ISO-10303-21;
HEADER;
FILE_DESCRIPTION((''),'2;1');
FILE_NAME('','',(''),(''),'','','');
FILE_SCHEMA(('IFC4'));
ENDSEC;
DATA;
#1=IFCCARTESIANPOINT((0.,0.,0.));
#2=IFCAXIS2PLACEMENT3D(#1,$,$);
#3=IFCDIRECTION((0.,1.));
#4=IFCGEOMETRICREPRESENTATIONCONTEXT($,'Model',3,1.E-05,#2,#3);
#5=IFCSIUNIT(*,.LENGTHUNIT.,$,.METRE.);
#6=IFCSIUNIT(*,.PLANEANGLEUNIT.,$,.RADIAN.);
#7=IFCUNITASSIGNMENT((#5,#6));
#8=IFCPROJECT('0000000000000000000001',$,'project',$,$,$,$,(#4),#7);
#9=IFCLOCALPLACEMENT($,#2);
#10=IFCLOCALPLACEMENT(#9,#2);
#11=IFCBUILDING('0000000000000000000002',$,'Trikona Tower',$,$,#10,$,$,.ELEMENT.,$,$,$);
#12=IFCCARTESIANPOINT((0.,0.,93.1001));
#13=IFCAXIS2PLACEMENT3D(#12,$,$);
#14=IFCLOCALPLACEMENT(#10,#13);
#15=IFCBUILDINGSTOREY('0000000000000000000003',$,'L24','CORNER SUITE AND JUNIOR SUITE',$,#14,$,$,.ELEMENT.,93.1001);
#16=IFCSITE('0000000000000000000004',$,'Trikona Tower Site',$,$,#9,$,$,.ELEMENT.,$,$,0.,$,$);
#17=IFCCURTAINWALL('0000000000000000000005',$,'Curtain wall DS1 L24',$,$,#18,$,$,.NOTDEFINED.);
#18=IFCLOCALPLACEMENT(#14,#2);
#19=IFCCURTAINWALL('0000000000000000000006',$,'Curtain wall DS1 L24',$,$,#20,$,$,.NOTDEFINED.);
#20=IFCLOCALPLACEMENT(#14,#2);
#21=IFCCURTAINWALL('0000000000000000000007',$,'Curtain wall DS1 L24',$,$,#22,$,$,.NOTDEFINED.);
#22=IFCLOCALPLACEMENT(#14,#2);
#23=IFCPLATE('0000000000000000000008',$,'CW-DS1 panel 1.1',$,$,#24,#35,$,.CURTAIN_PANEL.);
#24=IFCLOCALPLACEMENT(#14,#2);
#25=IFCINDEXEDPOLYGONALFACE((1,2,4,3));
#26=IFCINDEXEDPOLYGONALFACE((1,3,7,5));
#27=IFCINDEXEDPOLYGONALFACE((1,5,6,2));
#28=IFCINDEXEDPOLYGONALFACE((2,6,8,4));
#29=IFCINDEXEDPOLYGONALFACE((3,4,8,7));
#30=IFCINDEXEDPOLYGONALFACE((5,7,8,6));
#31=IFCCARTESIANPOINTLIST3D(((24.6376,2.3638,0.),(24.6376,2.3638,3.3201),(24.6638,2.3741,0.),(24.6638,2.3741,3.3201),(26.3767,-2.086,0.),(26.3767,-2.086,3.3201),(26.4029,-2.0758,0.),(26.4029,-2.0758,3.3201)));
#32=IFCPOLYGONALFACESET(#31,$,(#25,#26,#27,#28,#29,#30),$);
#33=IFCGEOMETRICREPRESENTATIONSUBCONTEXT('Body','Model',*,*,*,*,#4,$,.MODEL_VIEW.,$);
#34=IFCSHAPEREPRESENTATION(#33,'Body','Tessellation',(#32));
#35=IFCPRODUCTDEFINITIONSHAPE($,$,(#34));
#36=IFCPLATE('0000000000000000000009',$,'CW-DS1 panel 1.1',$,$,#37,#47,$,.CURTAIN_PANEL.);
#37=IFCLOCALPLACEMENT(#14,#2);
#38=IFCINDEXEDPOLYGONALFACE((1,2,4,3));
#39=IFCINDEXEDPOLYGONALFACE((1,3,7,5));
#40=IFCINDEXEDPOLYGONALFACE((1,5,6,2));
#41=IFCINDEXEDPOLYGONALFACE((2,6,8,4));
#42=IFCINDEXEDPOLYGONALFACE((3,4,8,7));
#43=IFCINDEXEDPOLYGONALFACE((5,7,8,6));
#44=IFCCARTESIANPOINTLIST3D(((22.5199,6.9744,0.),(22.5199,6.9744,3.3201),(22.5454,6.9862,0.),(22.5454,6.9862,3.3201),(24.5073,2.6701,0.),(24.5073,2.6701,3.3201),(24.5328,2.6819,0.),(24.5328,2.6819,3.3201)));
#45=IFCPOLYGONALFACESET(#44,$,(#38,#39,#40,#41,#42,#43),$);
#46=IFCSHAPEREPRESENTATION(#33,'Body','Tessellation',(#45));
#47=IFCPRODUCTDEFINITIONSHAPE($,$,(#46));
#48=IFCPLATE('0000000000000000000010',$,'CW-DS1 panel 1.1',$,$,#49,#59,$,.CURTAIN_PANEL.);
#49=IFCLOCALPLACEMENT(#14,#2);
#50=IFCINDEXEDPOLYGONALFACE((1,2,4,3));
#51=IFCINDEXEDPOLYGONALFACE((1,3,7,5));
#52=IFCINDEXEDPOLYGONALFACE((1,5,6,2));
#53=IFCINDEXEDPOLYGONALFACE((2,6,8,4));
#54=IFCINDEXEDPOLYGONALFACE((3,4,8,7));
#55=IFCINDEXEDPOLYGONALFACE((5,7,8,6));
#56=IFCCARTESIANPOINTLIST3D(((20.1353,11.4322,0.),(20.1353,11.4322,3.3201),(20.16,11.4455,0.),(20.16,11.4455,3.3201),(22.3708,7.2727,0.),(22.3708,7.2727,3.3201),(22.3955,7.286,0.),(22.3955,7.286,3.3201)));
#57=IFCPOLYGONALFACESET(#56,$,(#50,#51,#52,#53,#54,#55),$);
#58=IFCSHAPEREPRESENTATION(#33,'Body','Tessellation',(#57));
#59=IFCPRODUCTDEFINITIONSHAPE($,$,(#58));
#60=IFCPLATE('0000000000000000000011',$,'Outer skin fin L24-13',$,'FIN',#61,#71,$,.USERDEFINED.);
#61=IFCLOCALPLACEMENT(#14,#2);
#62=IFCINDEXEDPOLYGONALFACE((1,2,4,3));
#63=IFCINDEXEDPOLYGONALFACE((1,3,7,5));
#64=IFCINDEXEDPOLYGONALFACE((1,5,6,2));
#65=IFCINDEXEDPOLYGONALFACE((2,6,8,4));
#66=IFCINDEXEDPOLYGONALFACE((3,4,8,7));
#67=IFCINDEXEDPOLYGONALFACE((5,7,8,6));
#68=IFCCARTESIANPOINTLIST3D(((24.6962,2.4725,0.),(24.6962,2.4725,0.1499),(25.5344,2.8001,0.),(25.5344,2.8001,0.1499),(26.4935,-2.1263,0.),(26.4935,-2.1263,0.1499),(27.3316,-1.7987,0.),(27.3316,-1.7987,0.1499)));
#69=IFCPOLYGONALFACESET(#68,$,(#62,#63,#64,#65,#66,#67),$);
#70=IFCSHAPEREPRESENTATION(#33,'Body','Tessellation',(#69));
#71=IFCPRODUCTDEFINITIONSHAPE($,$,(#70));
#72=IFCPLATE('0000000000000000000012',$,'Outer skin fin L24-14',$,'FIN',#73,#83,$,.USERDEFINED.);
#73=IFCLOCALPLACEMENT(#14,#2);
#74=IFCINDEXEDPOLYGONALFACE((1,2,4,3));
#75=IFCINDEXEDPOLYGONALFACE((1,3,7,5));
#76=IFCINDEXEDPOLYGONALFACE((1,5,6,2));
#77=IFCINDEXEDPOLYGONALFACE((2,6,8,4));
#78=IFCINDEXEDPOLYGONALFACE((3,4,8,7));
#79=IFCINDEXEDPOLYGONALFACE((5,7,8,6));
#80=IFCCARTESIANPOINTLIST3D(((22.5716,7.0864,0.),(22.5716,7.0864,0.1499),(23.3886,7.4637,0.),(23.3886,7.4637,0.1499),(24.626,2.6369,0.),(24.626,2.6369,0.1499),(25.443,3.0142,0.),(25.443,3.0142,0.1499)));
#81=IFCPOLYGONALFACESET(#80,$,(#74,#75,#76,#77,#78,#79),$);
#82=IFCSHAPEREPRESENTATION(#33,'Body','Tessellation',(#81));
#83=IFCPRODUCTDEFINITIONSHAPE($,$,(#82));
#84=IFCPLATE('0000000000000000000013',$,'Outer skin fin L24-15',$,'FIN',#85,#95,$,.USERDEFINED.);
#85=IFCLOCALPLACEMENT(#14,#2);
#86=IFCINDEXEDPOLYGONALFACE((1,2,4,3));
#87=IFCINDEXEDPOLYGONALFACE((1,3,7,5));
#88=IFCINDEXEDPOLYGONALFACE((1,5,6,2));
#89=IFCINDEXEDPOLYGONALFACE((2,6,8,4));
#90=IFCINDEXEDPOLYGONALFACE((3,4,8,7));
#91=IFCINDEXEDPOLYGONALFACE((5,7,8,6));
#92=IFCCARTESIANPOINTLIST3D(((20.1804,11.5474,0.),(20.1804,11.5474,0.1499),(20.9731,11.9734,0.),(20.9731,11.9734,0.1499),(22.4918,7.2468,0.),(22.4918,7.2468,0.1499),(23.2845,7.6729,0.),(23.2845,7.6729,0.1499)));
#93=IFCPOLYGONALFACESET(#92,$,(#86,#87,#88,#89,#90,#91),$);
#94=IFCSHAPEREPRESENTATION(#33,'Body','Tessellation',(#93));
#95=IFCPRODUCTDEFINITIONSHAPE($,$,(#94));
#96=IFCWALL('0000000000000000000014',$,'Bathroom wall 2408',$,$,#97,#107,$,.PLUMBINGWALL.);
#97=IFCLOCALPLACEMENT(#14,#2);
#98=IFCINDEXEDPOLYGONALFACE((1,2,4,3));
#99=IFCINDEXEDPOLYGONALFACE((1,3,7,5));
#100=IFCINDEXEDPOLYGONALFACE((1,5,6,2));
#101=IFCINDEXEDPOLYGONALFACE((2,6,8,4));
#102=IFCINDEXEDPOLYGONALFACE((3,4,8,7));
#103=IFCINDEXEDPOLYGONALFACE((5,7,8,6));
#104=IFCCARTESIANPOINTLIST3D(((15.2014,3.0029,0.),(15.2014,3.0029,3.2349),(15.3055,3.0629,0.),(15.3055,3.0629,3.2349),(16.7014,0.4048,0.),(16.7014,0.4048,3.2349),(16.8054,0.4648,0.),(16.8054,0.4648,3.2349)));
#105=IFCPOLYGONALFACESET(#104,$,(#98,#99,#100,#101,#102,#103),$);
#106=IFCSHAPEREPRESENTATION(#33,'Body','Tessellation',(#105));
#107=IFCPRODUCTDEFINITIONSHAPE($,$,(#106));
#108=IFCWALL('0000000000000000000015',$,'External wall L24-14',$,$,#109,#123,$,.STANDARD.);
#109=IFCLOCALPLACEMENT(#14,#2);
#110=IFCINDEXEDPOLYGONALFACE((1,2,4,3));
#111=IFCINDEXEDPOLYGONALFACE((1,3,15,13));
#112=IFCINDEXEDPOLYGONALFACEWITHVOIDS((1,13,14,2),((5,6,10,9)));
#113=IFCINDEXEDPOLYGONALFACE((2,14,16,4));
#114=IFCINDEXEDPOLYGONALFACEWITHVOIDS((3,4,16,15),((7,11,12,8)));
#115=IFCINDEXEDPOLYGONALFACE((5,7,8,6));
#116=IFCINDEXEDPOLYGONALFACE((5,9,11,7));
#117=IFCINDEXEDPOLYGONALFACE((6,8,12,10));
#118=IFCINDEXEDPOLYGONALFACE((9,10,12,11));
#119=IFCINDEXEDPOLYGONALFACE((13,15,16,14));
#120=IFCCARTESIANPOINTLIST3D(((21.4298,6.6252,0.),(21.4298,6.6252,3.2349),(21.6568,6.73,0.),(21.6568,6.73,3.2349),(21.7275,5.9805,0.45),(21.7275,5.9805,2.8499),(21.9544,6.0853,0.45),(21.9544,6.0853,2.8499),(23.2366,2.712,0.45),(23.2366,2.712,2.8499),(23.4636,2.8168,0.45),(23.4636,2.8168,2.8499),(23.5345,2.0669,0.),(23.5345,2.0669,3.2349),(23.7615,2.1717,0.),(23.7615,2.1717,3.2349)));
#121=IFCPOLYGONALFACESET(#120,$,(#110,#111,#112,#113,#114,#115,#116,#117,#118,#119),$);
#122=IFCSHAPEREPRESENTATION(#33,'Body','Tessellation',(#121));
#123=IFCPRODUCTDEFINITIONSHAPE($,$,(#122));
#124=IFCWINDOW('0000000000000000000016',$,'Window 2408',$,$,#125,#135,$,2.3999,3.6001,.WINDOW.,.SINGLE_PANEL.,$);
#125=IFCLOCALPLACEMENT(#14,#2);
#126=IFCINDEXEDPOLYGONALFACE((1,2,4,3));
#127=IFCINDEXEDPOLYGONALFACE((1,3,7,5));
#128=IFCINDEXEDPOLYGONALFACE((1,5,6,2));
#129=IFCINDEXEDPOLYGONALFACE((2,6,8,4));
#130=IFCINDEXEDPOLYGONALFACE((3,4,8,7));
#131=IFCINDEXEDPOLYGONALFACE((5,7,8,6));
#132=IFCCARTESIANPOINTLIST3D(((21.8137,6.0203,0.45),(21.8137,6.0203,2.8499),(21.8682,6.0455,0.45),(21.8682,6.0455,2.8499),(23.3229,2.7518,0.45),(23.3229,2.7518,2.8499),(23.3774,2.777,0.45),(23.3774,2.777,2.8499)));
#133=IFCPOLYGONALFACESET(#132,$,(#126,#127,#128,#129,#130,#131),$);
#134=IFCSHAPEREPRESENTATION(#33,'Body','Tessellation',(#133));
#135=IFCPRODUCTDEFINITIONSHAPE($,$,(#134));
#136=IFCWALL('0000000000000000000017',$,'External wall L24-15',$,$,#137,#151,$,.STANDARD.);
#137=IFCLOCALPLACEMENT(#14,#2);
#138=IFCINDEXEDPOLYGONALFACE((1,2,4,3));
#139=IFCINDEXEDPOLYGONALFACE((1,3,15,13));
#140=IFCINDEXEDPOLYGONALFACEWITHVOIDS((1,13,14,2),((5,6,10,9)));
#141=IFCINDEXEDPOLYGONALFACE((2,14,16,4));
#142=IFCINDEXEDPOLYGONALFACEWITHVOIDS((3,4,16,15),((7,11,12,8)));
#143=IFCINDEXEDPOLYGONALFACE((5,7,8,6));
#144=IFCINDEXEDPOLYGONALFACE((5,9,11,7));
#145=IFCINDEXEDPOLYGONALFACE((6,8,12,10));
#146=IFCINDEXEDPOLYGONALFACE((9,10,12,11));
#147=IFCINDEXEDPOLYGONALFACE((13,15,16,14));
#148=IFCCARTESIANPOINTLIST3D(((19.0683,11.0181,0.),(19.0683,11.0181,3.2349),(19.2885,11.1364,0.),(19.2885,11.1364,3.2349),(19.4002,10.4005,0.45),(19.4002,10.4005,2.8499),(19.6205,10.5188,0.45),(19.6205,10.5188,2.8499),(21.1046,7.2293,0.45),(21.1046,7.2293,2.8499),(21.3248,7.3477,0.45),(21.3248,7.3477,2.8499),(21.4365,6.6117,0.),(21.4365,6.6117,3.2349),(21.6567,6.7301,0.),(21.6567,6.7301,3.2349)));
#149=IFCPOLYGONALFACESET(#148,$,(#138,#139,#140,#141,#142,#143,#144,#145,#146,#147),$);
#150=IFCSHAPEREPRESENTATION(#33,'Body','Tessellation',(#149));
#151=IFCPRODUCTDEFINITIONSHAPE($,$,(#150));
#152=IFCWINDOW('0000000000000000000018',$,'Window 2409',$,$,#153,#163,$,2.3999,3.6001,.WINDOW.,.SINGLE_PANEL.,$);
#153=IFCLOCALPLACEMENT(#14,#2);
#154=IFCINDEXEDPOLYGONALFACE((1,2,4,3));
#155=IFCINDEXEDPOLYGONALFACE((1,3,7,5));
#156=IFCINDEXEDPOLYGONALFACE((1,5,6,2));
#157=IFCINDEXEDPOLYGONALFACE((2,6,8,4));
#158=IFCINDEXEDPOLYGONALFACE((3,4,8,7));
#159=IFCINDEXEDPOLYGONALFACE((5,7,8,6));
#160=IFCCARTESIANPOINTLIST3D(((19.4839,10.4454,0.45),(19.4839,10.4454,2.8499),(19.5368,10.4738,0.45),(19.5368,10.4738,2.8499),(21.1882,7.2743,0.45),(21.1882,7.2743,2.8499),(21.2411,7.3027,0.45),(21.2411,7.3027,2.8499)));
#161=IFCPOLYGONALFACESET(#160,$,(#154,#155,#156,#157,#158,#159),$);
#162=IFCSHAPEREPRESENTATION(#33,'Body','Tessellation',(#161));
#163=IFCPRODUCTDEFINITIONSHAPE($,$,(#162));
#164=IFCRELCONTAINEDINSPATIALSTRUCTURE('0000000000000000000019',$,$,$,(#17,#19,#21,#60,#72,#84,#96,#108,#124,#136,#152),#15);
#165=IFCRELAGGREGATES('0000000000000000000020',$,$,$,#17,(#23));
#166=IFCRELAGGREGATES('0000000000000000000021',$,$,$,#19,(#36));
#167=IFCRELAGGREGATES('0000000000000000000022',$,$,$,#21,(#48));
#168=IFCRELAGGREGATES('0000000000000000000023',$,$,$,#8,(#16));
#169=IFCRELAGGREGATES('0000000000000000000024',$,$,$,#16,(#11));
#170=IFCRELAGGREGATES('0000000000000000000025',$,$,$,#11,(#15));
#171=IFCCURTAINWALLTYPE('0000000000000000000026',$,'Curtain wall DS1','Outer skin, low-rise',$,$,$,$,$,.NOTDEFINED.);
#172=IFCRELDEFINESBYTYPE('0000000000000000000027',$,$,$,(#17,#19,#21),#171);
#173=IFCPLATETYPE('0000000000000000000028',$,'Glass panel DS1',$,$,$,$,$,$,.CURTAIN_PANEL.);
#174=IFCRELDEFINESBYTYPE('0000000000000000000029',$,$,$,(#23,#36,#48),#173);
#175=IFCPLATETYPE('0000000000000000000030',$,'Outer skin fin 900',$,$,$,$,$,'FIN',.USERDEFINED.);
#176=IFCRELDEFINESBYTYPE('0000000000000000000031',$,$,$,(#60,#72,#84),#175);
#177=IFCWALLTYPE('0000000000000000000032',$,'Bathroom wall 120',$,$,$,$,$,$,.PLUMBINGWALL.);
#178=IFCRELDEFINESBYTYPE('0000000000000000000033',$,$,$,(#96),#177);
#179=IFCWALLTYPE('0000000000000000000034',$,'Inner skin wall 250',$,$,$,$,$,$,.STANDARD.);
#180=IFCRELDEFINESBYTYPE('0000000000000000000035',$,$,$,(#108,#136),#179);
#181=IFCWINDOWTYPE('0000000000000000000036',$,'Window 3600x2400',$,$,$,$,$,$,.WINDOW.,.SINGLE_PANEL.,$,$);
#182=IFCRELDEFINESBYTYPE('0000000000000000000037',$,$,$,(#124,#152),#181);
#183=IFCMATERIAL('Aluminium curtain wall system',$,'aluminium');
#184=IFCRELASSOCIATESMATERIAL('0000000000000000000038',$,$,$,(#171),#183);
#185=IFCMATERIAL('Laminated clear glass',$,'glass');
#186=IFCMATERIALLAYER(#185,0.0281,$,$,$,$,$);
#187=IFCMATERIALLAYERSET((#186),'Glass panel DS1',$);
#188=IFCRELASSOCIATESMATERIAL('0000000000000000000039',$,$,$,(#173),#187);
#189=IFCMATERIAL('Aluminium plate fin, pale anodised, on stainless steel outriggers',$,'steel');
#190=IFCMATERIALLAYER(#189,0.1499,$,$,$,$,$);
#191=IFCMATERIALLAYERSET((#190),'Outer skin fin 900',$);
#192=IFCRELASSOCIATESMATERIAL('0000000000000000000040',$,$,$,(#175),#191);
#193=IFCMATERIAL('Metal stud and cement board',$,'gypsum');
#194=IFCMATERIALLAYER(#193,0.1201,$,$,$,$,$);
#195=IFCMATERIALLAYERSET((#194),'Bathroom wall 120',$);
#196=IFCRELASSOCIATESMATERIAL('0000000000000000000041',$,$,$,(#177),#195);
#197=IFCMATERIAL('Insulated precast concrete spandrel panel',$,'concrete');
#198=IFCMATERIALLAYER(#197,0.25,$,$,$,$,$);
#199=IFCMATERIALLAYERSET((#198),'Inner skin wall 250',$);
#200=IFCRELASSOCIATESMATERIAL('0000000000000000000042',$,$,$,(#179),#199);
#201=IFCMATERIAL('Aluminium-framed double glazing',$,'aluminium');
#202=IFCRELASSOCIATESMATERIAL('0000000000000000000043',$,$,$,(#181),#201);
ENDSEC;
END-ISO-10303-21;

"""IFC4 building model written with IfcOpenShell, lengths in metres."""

from ifc_helpers import new_model, si_unit, direction, frame, frame_2d, origin, origin_2d, place, context, subcontext, project, spatial, rectangle, extrude, material, layer, layer_set, type_object, element, fill, aggregate, save


model = new_model("IFC4")

# Units and contexts
model_context = context("Model", 3, precision=1e-05, world=origin(), true_north=direction((0.0, 1.0)))
body_context = subcontext(model_context, "Body", "Model", "MODEL_VIEW")
ifc_project = project(units=[si_unit("LENGTHUNIT", "METRE"), si_unit("PLANEANGLEUNIT", "RADIAN")], contexts=[model_context])

# Site, building, storey
site_placement = place(None, origin())
site = spatial("IfcSite", under=ifc_project, at=site_placement, Name="Trikona Tower Site", CompositionType="ELEMENT", RefElevation=0.0)
building_placement = place(site_placement, origin())
building = spatial("IfcBuilding", under=site, at=building_placement, Name="Trikona Tower", CompositionType="ELEMENT")
storey_placement = place(building_placement, frame((0.0, 0.0, 93.1001)))
storey = spatial("IfcBuildingStorey", under=building, at=storey_placement, Name="L24", Description="CORNER SUITE AND JUNIOR SUITE", CompositionType="ELEMENT", Elevation=93.1001)

# Curtain wall
ifc_material_1 = material(Name="Aluminium curtain wall system", Category="aluminium")
curtain_wall_type = type_object("IfcCurtainWallType", Name="Curtain wall DS1", Description="Outer skin, low-rise", PredefinedType="NOTDEFINED", material=ifc_material_1)
curtain_wall_1_placement = place(storey_placement, origin())
curtain_wall_1 = element("IfcCurtainWall", 1, at=curtain_wall_1_placement, inside=storey, type_object=curtain_wall_type, Name="Curtain wall DS1 L24", PredefinedType="NOTDEFINED")

# Curtain walls
curtain_wall_2_placement = place(storey_placement, origin())
curtain_wall_2 = element("IfcCurtainWall", 2, at=curtain_wall_2_placement, inside=storey, type_object=curtain_wall_type, Name="Curtain wall DS1 L24", PredefinedType="NOTDEFINED")
curtain_wall_3_placement = place(storey_placement, origin())
curtain_wall_3 = element("IfcCurtainWall", 3, at=curtain_wall_3_placement, inside=storey, type_object=curtain_wall_type, Name="Curtain wall DS1 L24", PredefinedType="NOTDEFINED")

# Plates
ifc_material_2 = material(Name="Laminated clear glass", Category="glass")
ifc_layer_1 = layer(ifc_material_2, 0.0281)
ifc_layer_set_1 = layer_set([ifc_layer_1], Name="Glass panel DS1")
plate_type_1 = type_object("IfcPlateType", Name="Glass panel DS1", PredefinedType="CURTAIN_PANEL", material=ifc_layer_set_1)
plate_1_placement = place(storey_placement, frame((25.5203, 0.144, 0.0), z_axis=(0.0, 0.0, 1.0), x_axis=(-0.364008, 0.931396, 0.0)))
plate_1 = element("IfcPlate", 4, at=plate_1_placement, type_object=plate_type_1, Name="CW-DS1 panel 1.1", PredefinedType="CURTAIN_PANEL", context=body_context, shape_type="SweptSolid", body=[
    extrude(rectangle(XDim=4.7776, YDim=0.0281, at=origin_2d()), origin(), (0.0, 0.0, 1.0), 3.3201),
])
aggregate(curtain_wall_1, [plate_1])
plate_2_placement = place(storey_placement, frame((23.5264, 4.8281, 0.0), z_axis=(0.0, 0.0, 1.0), x_axis=(-0.41919, 0.907898, 0.0)))
plate_2 = element("IfcPlate", 5, at=plate_2_placement, type_object=plate_type_1, Name="CW-DS1 panel 1.1", PredefinedType="CURTAIN_PANEL", context=body_context, shape_type="SweptSolid", body=[
    extrude(rectangle(XDim=4.741, YDim=0.0281, at=origin_2d()), origin(), (0.0, 0.0, 1.0), 3.3201),
])
aggregate(curtain_wall_2, [plate_2])
plate_3_placement = place(storey_placement, frame((21.2654, 9.3591, 0.0), z_axis=(0.0, 0.0, 1.0), x_axis=(-0.473408, 0.880843, 0.0)))
plate_3 = element("IfcPlate", 6, at=plate_3_placement, type_object=plate_type_1, Name="CW-DS1 panel 1.1", PredefinedType="CURTAIN_PANEL", context=body_context, shape_type="SweptSolid", body=[
    extrude(rectangle(XDim=4.7222, YDim=0.0281, at=origin_2d()), origin(), (0.0, 0.0, 1.0), 3.3201),
])
aggregate(curtain_wall_3, [plate_3])

# Plates
ifc_material_3 = material(Name="Aluminium plate fin, pale anodised, on stainless steel outriggers", Category="steel")
ifc_layer_2 = layer(ifc_material_3, 0.1499)
ifc_layer_set_2 = layer_set([ifc_layer_2], Name="Outer skin fin 900")
plate_type_2 = type_object("IfcPlateType", Name="Outer skin fin 900", ElementType="FIN", PredefinedType="USERDEFINED", material=ifc_layer_set_2)
plate_4_placement = place(storey_placement, frame((26.0139, 0.3369, 0.0), z_axis=(0.0, 0.0, 1.0), x_axis=(-0.364009, 0.931395, 0.0)))
element("IfcPlate", 7, at=plate_4_placement, inside=storey, type_object=plate_type_2, Name="Outer skin fin L24-13", ObjectType="FIN", PredefinedType="USERDEFINED", context=body_context, shape_type="SweptSolid", body=[
    extrude(rectangle(XDim=4.9375, YDim=0.8999, at=origin_2d()), origin(), (0.0, 0.0, 1.0), 0.1499),
])
plate_5_placement = place(storey_placement, frame((24.0073, 5.0503, 0.0), z_axis=(0.0, 0.0, 1.0), x_axis=(-0.419194, 0.907897, 0.0)))
element("IfcPlate", 8, at=plate_5_placement, inside=storey, type_object=plate_type_2, Name="Outer skin fin L24-14", ObjectType="FIN", PredefinedType="USERDEFINED", context=body_context, shape_type="SweptSolid", body=[
    extrude(rectangle(XDim=4.9009, YDim=0.8999, at=origin_2d()), origin(), (0.0, 0.0, 1.0), 0.1499),
])
plate_6_placement = place(storey_placement, frame((21.7324, 9.6101, 0.0), z_axis=(0.0, 0.0, 1.0), x_axis=(-0.473423, 0.880835, 0.0)))
element("IfcPlate", 9, at=plate_6_placement, inside=storey, type_object=plate_type_2, Name="Outer skin fin L24-15", ObjectType="FIN", PredefinedType="USERDEFINED", context=body_context, shape_type="SweptSolid", body=[
    extrude(rectangle(XDim=4.8823, YDim=0.8999, at=origin_2d()), origin(), (0.0, 0.0, 1.0), 0.1499),
])

# Wall
ifc_material_4 = material(Name="Metal stud and cement board", Category="gypsum")
ifc_layer_3 = layer(ifc_material_4, 0.1201)
ifc_layer_set_3 = layer_set([ifc_layer_3], Name="Bathroom wall 120")
wall_type_1 = type_object("IfcWallType", Name="Bathroom wall 120", PredefinedType="PLUMBINGWALL", material=ifc_layer_set_3)
wall_1_placement = place(storey_placement, frame((16.7534, 0.4348, 0.0), z_axis=(0.0, 0.0, 1.0), x_axis=(-0.49999, 0.866031, 0.0)))
element("IfcWall", 10, at=wall_1_placement, inside=storey, type_object=wall_type_1, Name="Bathroom wall 2408", PredefinedType="PLUMBINGWALL", context=body_context, shape_type="SweptSolid", body=[
    extrude(rectangle(XDim=3.0, YDim=0.1201, at=frame_2d((1.5, 0.0))), origin(), (0.0, 0.0, 1.0), 3.2349),
])

# Walls, openings, windows
ifc_material_5 = material(Name="Insulated precast concrete spandrel panel", Category="concrete")
ifc_layer_4 = layer(ifc_material_5, 0.25)
ifc_layer_set_4 = layer_set([ifc_layer_4], Name="Inner skin wall 250")
wall_type_2 = type_object("IfcWallType", Name="Inner skin wall 250", PredefinedType="STANDARD", material=ifc_layer_set_4)
wall_2_placement = place(storey_placement, frame((23.6479, 2.1194, 0.0), z_axis=(0.0, 0.0, 1.0), x_axis=(-0.419203, 0.907892, 0.0)))
wall_2 = element("IfcWall", 11, at=wall_2_placement, inside=storey, type_object=wall_type_2, Name="External wall L24-14", PredefinedType="STANDARD", context=body_context, shape_type="SweptSolid", body=[
    extrude(rectangle(XDim=5.0208, YDim=0.25, at=frame_2d((2.5103, 0.0))), origin(), (0.0, 0.0, 1.0), 3.2349),
])
opening_1_placement = place(wall_2_placement, frame((0.7104, 0.0, 0.45)))
opening_1 = element("IfcOpeningElement", 12, at=opening_1_placement, cuts=wall_2, PredefinedType="OPENING", context=body_context, shape_type="SweptSolid", body=[
    extrude(rectangle(XDim=3.6001, YDim=2.3999, at=frame_2d((1.8, 1.2))), frame((0.0, 0.135, 0.0), z_axis=(0.0, -1.0, 0.0), x_axis=(1.0, 0.0, 0.0)), (0.0, 0.0, 1.0), 0.27),
])
ifc_material_6 = material(Name="Aluminium-framed double glazing", Category="aluminium")
window_type = type_object("IfcWindowType", Name="Window 3600x2400", PartitioningType="SINGLE_PANEL", PredefinedType="WINDOW", material=ifc_material_6)
window_1_placement = place(opening_1_placement, origin())
window_1 = element("IfcWindow", 13, at=window_1_placement, inside=storey, type_object=window_type, Name="Window 2408", OverallHeight=2.3999, OverallWidth=3.6001, PartitioningType="SINGLE_PANEL", PredefinedType="WINDOW", context=body_context, shape_type="SweptSolid", body=[
    extrude(rectangle(XDim=3.6001, YDim=2.3999, at=frame_2d((1.8, 1.2))), frame((0.0, 0.03, 0.0), z_axis=(0.0, -1.0, 0.0), x_axis=(1.0, 0.0, 0.0)), (0.0, 0.0, 1.0), 0.0601),
])
fill(opening_1, window_1)
wall_3_placement = place(storey_placement, frame((21.5466, 6.6709, 0.0), z_axis=(0.0, 0.0, 1.0), x_axis=(-0.473413, 0.880841, 0.0)))
wall_3 = element("IfcWall", 14, at=wall_3_placement, inside=storey, type_object=wall_type_2, Name="External wall L24-15", PredefinedType="STANDARD", context=body_context, shape_type="SweptSolid", body=[
    extrude(rectangle(XDim=5.0024, YDim=0.25, at=frame_2d((2.5012, 0.0))), origin(), (0.0, 0.0, 1.0), 3.2349),
])
opening_2_placement = place(wall_3_placement, frame((0.7012, 0.0, 0.45)))
opening_2 = element("IfcOpeningElement", 15, at=opening_2_placement, cuts=wall_3, PredefinedType="OPENING", context=body_context, shape_type="SweptSolid", body=[
    extrude(rectangle(XDim=3.6001, YDim=2.3999, at=frame_2d((1.8, 1.2))), frame((0.0, 0.135, 0.0), z_axis=(0.0, -1.0, 0.0), x_axis=(1.0, 0.0, 0.0)), (0.0, 0.0, 1.0), 0.27),
])
window_2_placement = place(opening_2_placement, origin())
window_2 = element("IfcWindow", 16, at=window_2_placement, inside=storey, type_object=window_type, Name="Window 2409", OverallHeight=2.3999, OverallWidth=3.6001, PartitioningType="SINGLE_PANEL", PredefinedType="WINDOW", context=body_context, shape_type="SweptSolid", body=[
    extrude(rectangle(XDim=3.6001, YDim=2.3999, at=frame_2d((1.8, 1.2))), frame((0.0, 0.03, 0.0), z_axis=(0.0, -1.0, 0.0), x_axis=(1.0, 0.0, 0.0)), (0.0, 0.0, 1.0), 0.0601),
])
fill(opening_2, window_2)

save(model, "model.ifc")
